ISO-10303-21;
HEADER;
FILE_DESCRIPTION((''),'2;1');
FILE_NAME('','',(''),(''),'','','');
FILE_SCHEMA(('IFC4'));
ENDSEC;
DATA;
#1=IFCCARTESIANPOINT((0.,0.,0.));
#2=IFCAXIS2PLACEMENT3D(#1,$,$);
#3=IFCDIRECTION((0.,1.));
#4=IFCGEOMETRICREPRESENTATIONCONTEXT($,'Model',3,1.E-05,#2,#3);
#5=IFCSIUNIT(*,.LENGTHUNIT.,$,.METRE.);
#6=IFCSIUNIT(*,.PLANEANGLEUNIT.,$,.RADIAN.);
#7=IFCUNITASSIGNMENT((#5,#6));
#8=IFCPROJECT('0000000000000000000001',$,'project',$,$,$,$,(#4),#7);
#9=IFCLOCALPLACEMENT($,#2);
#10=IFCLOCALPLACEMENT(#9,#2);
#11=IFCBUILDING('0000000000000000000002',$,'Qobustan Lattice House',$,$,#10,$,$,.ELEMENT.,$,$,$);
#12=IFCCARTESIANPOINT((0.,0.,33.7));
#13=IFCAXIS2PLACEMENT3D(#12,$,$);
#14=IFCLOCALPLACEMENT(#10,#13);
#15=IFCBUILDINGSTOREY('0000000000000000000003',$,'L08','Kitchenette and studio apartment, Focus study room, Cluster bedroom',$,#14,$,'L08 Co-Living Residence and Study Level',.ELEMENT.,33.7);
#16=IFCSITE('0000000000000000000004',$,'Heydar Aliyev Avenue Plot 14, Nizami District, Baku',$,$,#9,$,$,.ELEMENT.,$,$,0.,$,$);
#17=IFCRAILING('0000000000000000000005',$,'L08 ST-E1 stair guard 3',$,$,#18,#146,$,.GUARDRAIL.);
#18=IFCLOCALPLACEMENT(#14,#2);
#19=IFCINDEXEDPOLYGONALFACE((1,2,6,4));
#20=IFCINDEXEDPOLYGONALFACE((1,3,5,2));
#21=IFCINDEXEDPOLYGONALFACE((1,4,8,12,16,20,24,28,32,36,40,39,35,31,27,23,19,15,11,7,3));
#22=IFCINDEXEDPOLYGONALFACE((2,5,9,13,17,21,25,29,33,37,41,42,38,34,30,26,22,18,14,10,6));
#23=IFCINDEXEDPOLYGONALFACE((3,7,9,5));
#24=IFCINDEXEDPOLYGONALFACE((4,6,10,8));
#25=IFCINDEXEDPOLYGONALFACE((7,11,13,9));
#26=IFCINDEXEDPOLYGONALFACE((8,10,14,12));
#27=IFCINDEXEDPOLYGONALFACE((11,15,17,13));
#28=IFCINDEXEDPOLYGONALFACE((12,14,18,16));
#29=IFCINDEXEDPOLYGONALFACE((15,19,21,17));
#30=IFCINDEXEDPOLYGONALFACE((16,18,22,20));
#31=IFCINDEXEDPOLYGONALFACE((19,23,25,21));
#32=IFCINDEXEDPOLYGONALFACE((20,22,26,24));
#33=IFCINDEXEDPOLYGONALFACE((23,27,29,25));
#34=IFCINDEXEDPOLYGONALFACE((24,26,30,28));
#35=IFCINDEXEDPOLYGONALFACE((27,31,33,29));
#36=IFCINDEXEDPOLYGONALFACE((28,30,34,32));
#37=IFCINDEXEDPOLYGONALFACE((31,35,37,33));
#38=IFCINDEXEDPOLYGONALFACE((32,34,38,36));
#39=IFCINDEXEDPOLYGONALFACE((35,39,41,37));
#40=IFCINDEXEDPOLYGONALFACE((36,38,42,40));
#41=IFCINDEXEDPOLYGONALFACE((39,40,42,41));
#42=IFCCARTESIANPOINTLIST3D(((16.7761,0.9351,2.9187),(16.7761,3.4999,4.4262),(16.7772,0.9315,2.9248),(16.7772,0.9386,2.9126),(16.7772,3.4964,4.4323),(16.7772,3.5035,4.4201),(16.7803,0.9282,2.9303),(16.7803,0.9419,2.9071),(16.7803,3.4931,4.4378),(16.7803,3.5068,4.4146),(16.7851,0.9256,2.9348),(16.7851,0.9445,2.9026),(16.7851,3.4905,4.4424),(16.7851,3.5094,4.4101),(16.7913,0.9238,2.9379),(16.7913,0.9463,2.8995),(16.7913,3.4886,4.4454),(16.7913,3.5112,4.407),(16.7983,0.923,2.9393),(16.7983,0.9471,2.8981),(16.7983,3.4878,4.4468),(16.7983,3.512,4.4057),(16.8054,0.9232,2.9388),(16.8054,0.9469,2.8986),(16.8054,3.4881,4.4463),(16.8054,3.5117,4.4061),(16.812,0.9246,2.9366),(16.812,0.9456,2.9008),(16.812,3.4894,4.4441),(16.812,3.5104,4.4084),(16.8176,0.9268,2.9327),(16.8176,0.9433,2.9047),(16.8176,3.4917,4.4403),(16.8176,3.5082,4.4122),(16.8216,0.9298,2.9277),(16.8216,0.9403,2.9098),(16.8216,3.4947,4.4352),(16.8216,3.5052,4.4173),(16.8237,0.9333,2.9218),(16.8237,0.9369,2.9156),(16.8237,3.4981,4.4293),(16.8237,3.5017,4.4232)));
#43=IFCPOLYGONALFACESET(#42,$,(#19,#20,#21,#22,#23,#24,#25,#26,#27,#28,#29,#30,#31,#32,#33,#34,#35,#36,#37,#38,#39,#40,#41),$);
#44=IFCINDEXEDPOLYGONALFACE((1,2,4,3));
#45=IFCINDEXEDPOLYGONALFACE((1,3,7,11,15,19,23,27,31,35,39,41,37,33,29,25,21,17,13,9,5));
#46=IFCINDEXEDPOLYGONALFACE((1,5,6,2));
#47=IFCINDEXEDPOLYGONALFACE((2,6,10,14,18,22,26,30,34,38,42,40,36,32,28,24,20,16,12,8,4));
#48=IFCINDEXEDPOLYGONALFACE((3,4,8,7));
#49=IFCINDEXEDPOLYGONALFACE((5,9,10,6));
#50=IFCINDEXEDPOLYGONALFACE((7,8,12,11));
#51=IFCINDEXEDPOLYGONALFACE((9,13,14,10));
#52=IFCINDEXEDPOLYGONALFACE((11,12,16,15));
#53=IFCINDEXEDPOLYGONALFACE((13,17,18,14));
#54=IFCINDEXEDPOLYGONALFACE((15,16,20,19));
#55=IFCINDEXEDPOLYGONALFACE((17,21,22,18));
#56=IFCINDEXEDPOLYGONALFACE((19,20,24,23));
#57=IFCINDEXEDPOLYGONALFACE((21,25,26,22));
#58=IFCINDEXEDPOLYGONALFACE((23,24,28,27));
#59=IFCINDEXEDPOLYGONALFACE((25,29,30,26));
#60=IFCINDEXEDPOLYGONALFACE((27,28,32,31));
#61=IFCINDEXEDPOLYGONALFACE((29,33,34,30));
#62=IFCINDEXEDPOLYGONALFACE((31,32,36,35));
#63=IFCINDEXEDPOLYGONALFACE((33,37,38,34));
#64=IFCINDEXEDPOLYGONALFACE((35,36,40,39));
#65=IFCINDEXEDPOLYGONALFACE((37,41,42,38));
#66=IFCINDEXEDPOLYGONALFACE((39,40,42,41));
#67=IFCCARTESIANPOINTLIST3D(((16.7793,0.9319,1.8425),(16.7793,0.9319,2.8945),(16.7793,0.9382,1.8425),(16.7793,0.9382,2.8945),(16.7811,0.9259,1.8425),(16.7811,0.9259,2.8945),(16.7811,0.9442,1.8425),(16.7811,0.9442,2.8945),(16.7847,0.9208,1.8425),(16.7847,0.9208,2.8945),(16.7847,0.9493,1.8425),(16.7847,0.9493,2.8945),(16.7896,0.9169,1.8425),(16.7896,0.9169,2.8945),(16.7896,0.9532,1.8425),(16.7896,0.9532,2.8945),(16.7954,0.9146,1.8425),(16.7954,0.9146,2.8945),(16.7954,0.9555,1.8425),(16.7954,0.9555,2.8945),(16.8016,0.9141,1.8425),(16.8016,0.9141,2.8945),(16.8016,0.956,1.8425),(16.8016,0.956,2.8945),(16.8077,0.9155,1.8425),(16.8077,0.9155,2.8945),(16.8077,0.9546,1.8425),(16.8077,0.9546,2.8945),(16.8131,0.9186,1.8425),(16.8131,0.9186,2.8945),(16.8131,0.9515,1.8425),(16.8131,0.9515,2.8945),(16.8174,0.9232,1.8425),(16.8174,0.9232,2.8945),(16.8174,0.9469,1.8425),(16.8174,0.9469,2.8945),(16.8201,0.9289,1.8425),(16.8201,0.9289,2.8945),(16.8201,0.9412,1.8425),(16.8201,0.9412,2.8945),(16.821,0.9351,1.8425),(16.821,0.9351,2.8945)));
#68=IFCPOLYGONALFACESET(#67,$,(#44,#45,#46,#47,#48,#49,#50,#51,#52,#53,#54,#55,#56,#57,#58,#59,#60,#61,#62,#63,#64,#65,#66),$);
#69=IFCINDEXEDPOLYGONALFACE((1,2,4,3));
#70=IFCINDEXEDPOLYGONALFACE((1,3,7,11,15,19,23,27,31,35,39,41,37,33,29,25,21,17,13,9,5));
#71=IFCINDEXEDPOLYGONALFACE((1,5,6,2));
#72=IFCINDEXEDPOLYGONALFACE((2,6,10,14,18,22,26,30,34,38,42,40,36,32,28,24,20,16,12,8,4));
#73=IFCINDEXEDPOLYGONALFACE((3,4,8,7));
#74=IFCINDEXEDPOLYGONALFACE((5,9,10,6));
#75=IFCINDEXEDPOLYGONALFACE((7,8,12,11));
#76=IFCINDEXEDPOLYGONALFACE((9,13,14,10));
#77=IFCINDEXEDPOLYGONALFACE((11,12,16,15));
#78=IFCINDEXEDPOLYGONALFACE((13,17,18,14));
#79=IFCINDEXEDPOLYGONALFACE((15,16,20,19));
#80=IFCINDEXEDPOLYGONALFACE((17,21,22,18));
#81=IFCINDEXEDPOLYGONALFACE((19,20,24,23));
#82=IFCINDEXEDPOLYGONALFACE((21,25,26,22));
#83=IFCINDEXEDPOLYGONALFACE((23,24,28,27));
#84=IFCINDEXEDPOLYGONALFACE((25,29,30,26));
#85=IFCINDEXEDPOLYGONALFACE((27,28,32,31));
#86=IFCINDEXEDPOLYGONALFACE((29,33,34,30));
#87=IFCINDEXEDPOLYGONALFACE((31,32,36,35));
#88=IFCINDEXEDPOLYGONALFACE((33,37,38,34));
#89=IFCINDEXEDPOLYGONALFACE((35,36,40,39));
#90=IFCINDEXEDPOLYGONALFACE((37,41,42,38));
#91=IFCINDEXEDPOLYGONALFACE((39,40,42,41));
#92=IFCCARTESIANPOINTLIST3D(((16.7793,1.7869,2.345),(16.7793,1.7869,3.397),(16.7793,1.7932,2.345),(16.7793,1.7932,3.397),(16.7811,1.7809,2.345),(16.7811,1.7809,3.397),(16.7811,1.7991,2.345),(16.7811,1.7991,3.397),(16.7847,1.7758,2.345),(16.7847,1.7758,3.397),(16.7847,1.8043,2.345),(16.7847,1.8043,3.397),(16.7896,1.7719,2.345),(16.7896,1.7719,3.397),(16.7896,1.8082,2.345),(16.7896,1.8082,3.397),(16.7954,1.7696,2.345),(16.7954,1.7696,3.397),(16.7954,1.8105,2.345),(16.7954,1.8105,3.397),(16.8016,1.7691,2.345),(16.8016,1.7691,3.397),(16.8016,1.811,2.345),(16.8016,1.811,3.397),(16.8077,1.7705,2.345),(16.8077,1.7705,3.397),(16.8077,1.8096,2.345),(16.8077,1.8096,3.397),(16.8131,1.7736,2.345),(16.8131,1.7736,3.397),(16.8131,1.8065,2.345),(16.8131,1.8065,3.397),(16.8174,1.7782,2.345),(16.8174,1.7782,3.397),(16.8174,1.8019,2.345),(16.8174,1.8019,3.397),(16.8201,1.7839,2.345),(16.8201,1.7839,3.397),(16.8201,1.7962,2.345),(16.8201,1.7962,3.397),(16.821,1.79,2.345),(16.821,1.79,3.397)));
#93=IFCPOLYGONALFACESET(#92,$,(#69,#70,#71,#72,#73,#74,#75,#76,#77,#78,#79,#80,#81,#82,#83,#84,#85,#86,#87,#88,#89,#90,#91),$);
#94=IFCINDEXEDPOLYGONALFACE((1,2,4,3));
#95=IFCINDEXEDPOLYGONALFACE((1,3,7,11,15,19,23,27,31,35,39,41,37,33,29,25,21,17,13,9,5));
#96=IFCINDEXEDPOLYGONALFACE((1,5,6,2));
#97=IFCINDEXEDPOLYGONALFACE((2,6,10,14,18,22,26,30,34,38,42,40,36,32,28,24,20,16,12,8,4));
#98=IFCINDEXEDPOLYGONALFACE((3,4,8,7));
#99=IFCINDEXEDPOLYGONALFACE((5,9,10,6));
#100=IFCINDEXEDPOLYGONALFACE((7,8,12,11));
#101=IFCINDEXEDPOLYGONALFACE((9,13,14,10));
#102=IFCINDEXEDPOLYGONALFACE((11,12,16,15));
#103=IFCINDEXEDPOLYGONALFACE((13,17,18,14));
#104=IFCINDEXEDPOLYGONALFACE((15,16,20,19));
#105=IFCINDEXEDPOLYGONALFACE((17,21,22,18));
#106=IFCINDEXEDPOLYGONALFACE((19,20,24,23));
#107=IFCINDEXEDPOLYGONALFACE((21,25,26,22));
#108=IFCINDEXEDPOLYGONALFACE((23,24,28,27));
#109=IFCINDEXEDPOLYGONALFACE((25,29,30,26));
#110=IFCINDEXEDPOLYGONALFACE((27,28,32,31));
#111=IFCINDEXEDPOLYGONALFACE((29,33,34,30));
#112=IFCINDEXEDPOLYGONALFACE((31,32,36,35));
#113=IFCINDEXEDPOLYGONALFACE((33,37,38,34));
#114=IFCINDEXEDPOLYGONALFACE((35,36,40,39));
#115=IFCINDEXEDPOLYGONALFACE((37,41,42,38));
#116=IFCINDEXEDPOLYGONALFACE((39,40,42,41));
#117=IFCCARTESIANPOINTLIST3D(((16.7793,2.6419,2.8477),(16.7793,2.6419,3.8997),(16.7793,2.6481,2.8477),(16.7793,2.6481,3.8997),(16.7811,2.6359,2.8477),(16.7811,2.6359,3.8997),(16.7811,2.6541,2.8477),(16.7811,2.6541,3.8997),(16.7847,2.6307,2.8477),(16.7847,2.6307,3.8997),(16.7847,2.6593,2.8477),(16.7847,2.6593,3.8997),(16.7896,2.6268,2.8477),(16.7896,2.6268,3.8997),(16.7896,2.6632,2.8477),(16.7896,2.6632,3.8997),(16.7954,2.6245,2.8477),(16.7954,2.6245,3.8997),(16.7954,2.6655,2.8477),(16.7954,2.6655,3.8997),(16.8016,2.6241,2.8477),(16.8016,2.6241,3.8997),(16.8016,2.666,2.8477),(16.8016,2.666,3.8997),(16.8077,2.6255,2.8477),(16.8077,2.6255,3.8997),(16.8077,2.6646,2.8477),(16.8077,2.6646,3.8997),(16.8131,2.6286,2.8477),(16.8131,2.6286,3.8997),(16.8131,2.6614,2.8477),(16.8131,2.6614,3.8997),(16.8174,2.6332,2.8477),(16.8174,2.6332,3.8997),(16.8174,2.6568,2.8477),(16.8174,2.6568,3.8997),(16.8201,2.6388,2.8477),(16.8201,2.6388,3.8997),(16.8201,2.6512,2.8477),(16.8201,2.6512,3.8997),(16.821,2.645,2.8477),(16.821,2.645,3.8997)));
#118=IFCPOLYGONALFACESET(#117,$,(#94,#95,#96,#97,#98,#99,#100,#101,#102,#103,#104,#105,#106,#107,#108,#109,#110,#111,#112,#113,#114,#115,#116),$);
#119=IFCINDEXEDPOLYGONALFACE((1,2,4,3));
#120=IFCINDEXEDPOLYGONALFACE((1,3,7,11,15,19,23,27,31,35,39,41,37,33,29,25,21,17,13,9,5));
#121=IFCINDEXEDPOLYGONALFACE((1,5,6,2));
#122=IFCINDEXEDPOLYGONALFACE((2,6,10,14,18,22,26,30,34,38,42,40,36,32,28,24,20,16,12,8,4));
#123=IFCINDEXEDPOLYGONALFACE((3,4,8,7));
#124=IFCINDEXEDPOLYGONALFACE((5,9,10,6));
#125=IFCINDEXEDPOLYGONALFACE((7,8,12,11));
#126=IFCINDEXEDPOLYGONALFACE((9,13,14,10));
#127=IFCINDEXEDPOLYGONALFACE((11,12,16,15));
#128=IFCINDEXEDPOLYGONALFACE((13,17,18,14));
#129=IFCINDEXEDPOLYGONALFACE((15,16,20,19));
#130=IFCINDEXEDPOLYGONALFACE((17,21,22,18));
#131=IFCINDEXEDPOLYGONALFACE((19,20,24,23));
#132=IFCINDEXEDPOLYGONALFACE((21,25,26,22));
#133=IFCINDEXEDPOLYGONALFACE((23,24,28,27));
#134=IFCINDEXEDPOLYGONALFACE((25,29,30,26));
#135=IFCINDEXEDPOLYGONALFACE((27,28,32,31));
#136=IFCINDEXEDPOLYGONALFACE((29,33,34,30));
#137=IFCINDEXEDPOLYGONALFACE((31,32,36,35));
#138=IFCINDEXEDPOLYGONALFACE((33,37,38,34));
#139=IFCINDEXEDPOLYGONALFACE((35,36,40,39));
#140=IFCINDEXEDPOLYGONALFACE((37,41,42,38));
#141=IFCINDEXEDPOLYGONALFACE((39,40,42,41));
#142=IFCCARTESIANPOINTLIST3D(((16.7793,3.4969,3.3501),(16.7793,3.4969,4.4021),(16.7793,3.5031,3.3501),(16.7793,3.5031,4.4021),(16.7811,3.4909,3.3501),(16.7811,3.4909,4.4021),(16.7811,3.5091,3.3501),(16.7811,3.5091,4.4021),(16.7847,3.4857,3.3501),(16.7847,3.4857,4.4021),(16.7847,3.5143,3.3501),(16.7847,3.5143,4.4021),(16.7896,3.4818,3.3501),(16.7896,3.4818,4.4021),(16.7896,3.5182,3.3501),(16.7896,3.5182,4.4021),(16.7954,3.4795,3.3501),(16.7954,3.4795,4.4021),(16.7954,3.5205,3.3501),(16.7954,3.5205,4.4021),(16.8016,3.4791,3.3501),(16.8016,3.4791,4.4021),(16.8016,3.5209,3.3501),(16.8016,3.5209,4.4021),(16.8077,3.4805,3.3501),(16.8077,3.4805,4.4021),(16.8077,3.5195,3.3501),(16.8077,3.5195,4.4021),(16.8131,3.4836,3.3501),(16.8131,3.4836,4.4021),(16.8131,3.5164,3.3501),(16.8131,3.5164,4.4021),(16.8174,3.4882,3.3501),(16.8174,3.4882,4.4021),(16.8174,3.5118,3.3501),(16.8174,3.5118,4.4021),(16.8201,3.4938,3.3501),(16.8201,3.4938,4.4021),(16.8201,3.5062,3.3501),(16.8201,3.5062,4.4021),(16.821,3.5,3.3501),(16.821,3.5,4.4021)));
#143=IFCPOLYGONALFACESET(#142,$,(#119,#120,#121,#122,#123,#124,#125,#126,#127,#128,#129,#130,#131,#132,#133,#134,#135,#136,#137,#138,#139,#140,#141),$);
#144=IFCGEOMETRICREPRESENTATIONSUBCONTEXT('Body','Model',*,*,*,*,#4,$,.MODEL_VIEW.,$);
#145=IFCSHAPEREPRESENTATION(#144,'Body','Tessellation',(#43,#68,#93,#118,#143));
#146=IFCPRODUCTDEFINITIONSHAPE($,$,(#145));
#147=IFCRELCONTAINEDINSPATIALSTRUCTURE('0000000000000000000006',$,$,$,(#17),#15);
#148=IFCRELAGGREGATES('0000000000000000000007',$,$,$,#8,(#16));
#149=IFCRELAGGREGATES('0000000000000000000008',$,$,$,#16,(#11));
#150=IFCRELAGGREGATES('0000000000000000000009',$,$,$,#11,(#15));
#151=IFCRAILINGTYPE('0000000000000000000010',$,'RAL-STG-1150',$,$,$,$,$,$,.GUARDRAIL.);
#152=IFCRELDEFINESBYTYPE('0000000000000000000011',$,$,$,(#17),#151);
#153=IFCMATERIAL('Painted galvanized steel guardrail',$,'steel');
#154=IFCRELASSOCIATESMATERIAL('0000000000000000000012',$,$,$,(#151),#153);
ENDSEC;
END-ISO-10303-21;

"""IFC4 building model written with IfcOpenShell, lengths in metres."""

from ifc_helpers import new_model, si_unit, direction, frame, origin, origin_2d, place, context, subcontext, project, spatial, circle, extrude, material, type_object, element, save


model = new_model("IFC4")

# Units and contexts
model_context = context("Model", 3, precision=1e-05, world=origin(), true_north=direction((0.0, 1.0)))
body_context = subcontext(model_context, "Body", "Model", "MODEL_VIEW")
ifc_project = project(units=[si_unit("LENGTHUNIT", "METRE"), si_unit("PLANEANGLEUNIT", "RADIAN")], contexts=[model_context])

# Site, building, storey
site_placement = place(None, origin())
site = spatial("IfcSite", under=ifc_project, at=site_placement, Name="Heydar Aliyev Avenue Plot 14, Nizami District, Baku", CompositionType="ELEMENT", RefElevation=0.0)
building_placement = place(site_placement, origin())
building = spatial("IfcBuilding", under=site, at=building_placement, Name="Qobustan Lattice House", CompositionType="ELEMENT")
storey_placement = place(building_placement, frame((0.0, 0.0, 33.7)))
storey = spatial("IfcBuildingStorey", under=building, at=storey_placement, Name="L08", Description="Kitchenette and studio apartment, Focus study room, Cluster bedroom", LongName="L08 Co-Living Residence and Study Level", CompositionType="ELEMENT", Elevation=33.7)

# Railing
ifc_material_1 = material(Name="Painted galvanized steel guardrail", Category="steel")
railing_type_1 = type_object("IfcRailingType", Name="RAL-STG-1150", PredefinedType="GUARDRAIL", material=ifc_material_1)
railing_1_placement = place(storey_placement, frame((16.8, 0.9351, 1.8425)))
element("IfcRailing", 1, at=railing_1_placement, inside=storey, type_object=railing_type_1, Name="L08 ST-E1 stair guard 3", PredefinedType="GUARDRAIL", context=body_context, shape_type="SweptSolid", body=[
    extrude(circle(Radius=0.0239, at=origin_2d()), frame((0.0, 0.0, 1.0762), z_axis=(0.0, 0.862113, 0.506715), x_axis=(-1.0, 0.0, 0.0)), (0.0, 0.0, 1.0), 2.9751),
    extrude(circle(Radius=0.021, at=origin_2d()), origin(), (0.0, 0.0, 1.0), 1.052),
    extrude(circle(Radius=0.021, at=origin_2d()), frame((0.0, 0.855, 0.5024)), (0.0, 0.0, 1.0), 1.052),
    extrude(circle(Radius=0.021, at=origin_2d()), frame((0.0, 1.71, 1.0051)), (0.0, 0.0, 1.0), 1.052),
    extrude(circle(Radius=0.021, at=origin_2d()), frame((0.0, 2.5649, 1.5076)), (0.0, 0.0, 1.0), 1.052),
])

save(model, "model.ifc")
